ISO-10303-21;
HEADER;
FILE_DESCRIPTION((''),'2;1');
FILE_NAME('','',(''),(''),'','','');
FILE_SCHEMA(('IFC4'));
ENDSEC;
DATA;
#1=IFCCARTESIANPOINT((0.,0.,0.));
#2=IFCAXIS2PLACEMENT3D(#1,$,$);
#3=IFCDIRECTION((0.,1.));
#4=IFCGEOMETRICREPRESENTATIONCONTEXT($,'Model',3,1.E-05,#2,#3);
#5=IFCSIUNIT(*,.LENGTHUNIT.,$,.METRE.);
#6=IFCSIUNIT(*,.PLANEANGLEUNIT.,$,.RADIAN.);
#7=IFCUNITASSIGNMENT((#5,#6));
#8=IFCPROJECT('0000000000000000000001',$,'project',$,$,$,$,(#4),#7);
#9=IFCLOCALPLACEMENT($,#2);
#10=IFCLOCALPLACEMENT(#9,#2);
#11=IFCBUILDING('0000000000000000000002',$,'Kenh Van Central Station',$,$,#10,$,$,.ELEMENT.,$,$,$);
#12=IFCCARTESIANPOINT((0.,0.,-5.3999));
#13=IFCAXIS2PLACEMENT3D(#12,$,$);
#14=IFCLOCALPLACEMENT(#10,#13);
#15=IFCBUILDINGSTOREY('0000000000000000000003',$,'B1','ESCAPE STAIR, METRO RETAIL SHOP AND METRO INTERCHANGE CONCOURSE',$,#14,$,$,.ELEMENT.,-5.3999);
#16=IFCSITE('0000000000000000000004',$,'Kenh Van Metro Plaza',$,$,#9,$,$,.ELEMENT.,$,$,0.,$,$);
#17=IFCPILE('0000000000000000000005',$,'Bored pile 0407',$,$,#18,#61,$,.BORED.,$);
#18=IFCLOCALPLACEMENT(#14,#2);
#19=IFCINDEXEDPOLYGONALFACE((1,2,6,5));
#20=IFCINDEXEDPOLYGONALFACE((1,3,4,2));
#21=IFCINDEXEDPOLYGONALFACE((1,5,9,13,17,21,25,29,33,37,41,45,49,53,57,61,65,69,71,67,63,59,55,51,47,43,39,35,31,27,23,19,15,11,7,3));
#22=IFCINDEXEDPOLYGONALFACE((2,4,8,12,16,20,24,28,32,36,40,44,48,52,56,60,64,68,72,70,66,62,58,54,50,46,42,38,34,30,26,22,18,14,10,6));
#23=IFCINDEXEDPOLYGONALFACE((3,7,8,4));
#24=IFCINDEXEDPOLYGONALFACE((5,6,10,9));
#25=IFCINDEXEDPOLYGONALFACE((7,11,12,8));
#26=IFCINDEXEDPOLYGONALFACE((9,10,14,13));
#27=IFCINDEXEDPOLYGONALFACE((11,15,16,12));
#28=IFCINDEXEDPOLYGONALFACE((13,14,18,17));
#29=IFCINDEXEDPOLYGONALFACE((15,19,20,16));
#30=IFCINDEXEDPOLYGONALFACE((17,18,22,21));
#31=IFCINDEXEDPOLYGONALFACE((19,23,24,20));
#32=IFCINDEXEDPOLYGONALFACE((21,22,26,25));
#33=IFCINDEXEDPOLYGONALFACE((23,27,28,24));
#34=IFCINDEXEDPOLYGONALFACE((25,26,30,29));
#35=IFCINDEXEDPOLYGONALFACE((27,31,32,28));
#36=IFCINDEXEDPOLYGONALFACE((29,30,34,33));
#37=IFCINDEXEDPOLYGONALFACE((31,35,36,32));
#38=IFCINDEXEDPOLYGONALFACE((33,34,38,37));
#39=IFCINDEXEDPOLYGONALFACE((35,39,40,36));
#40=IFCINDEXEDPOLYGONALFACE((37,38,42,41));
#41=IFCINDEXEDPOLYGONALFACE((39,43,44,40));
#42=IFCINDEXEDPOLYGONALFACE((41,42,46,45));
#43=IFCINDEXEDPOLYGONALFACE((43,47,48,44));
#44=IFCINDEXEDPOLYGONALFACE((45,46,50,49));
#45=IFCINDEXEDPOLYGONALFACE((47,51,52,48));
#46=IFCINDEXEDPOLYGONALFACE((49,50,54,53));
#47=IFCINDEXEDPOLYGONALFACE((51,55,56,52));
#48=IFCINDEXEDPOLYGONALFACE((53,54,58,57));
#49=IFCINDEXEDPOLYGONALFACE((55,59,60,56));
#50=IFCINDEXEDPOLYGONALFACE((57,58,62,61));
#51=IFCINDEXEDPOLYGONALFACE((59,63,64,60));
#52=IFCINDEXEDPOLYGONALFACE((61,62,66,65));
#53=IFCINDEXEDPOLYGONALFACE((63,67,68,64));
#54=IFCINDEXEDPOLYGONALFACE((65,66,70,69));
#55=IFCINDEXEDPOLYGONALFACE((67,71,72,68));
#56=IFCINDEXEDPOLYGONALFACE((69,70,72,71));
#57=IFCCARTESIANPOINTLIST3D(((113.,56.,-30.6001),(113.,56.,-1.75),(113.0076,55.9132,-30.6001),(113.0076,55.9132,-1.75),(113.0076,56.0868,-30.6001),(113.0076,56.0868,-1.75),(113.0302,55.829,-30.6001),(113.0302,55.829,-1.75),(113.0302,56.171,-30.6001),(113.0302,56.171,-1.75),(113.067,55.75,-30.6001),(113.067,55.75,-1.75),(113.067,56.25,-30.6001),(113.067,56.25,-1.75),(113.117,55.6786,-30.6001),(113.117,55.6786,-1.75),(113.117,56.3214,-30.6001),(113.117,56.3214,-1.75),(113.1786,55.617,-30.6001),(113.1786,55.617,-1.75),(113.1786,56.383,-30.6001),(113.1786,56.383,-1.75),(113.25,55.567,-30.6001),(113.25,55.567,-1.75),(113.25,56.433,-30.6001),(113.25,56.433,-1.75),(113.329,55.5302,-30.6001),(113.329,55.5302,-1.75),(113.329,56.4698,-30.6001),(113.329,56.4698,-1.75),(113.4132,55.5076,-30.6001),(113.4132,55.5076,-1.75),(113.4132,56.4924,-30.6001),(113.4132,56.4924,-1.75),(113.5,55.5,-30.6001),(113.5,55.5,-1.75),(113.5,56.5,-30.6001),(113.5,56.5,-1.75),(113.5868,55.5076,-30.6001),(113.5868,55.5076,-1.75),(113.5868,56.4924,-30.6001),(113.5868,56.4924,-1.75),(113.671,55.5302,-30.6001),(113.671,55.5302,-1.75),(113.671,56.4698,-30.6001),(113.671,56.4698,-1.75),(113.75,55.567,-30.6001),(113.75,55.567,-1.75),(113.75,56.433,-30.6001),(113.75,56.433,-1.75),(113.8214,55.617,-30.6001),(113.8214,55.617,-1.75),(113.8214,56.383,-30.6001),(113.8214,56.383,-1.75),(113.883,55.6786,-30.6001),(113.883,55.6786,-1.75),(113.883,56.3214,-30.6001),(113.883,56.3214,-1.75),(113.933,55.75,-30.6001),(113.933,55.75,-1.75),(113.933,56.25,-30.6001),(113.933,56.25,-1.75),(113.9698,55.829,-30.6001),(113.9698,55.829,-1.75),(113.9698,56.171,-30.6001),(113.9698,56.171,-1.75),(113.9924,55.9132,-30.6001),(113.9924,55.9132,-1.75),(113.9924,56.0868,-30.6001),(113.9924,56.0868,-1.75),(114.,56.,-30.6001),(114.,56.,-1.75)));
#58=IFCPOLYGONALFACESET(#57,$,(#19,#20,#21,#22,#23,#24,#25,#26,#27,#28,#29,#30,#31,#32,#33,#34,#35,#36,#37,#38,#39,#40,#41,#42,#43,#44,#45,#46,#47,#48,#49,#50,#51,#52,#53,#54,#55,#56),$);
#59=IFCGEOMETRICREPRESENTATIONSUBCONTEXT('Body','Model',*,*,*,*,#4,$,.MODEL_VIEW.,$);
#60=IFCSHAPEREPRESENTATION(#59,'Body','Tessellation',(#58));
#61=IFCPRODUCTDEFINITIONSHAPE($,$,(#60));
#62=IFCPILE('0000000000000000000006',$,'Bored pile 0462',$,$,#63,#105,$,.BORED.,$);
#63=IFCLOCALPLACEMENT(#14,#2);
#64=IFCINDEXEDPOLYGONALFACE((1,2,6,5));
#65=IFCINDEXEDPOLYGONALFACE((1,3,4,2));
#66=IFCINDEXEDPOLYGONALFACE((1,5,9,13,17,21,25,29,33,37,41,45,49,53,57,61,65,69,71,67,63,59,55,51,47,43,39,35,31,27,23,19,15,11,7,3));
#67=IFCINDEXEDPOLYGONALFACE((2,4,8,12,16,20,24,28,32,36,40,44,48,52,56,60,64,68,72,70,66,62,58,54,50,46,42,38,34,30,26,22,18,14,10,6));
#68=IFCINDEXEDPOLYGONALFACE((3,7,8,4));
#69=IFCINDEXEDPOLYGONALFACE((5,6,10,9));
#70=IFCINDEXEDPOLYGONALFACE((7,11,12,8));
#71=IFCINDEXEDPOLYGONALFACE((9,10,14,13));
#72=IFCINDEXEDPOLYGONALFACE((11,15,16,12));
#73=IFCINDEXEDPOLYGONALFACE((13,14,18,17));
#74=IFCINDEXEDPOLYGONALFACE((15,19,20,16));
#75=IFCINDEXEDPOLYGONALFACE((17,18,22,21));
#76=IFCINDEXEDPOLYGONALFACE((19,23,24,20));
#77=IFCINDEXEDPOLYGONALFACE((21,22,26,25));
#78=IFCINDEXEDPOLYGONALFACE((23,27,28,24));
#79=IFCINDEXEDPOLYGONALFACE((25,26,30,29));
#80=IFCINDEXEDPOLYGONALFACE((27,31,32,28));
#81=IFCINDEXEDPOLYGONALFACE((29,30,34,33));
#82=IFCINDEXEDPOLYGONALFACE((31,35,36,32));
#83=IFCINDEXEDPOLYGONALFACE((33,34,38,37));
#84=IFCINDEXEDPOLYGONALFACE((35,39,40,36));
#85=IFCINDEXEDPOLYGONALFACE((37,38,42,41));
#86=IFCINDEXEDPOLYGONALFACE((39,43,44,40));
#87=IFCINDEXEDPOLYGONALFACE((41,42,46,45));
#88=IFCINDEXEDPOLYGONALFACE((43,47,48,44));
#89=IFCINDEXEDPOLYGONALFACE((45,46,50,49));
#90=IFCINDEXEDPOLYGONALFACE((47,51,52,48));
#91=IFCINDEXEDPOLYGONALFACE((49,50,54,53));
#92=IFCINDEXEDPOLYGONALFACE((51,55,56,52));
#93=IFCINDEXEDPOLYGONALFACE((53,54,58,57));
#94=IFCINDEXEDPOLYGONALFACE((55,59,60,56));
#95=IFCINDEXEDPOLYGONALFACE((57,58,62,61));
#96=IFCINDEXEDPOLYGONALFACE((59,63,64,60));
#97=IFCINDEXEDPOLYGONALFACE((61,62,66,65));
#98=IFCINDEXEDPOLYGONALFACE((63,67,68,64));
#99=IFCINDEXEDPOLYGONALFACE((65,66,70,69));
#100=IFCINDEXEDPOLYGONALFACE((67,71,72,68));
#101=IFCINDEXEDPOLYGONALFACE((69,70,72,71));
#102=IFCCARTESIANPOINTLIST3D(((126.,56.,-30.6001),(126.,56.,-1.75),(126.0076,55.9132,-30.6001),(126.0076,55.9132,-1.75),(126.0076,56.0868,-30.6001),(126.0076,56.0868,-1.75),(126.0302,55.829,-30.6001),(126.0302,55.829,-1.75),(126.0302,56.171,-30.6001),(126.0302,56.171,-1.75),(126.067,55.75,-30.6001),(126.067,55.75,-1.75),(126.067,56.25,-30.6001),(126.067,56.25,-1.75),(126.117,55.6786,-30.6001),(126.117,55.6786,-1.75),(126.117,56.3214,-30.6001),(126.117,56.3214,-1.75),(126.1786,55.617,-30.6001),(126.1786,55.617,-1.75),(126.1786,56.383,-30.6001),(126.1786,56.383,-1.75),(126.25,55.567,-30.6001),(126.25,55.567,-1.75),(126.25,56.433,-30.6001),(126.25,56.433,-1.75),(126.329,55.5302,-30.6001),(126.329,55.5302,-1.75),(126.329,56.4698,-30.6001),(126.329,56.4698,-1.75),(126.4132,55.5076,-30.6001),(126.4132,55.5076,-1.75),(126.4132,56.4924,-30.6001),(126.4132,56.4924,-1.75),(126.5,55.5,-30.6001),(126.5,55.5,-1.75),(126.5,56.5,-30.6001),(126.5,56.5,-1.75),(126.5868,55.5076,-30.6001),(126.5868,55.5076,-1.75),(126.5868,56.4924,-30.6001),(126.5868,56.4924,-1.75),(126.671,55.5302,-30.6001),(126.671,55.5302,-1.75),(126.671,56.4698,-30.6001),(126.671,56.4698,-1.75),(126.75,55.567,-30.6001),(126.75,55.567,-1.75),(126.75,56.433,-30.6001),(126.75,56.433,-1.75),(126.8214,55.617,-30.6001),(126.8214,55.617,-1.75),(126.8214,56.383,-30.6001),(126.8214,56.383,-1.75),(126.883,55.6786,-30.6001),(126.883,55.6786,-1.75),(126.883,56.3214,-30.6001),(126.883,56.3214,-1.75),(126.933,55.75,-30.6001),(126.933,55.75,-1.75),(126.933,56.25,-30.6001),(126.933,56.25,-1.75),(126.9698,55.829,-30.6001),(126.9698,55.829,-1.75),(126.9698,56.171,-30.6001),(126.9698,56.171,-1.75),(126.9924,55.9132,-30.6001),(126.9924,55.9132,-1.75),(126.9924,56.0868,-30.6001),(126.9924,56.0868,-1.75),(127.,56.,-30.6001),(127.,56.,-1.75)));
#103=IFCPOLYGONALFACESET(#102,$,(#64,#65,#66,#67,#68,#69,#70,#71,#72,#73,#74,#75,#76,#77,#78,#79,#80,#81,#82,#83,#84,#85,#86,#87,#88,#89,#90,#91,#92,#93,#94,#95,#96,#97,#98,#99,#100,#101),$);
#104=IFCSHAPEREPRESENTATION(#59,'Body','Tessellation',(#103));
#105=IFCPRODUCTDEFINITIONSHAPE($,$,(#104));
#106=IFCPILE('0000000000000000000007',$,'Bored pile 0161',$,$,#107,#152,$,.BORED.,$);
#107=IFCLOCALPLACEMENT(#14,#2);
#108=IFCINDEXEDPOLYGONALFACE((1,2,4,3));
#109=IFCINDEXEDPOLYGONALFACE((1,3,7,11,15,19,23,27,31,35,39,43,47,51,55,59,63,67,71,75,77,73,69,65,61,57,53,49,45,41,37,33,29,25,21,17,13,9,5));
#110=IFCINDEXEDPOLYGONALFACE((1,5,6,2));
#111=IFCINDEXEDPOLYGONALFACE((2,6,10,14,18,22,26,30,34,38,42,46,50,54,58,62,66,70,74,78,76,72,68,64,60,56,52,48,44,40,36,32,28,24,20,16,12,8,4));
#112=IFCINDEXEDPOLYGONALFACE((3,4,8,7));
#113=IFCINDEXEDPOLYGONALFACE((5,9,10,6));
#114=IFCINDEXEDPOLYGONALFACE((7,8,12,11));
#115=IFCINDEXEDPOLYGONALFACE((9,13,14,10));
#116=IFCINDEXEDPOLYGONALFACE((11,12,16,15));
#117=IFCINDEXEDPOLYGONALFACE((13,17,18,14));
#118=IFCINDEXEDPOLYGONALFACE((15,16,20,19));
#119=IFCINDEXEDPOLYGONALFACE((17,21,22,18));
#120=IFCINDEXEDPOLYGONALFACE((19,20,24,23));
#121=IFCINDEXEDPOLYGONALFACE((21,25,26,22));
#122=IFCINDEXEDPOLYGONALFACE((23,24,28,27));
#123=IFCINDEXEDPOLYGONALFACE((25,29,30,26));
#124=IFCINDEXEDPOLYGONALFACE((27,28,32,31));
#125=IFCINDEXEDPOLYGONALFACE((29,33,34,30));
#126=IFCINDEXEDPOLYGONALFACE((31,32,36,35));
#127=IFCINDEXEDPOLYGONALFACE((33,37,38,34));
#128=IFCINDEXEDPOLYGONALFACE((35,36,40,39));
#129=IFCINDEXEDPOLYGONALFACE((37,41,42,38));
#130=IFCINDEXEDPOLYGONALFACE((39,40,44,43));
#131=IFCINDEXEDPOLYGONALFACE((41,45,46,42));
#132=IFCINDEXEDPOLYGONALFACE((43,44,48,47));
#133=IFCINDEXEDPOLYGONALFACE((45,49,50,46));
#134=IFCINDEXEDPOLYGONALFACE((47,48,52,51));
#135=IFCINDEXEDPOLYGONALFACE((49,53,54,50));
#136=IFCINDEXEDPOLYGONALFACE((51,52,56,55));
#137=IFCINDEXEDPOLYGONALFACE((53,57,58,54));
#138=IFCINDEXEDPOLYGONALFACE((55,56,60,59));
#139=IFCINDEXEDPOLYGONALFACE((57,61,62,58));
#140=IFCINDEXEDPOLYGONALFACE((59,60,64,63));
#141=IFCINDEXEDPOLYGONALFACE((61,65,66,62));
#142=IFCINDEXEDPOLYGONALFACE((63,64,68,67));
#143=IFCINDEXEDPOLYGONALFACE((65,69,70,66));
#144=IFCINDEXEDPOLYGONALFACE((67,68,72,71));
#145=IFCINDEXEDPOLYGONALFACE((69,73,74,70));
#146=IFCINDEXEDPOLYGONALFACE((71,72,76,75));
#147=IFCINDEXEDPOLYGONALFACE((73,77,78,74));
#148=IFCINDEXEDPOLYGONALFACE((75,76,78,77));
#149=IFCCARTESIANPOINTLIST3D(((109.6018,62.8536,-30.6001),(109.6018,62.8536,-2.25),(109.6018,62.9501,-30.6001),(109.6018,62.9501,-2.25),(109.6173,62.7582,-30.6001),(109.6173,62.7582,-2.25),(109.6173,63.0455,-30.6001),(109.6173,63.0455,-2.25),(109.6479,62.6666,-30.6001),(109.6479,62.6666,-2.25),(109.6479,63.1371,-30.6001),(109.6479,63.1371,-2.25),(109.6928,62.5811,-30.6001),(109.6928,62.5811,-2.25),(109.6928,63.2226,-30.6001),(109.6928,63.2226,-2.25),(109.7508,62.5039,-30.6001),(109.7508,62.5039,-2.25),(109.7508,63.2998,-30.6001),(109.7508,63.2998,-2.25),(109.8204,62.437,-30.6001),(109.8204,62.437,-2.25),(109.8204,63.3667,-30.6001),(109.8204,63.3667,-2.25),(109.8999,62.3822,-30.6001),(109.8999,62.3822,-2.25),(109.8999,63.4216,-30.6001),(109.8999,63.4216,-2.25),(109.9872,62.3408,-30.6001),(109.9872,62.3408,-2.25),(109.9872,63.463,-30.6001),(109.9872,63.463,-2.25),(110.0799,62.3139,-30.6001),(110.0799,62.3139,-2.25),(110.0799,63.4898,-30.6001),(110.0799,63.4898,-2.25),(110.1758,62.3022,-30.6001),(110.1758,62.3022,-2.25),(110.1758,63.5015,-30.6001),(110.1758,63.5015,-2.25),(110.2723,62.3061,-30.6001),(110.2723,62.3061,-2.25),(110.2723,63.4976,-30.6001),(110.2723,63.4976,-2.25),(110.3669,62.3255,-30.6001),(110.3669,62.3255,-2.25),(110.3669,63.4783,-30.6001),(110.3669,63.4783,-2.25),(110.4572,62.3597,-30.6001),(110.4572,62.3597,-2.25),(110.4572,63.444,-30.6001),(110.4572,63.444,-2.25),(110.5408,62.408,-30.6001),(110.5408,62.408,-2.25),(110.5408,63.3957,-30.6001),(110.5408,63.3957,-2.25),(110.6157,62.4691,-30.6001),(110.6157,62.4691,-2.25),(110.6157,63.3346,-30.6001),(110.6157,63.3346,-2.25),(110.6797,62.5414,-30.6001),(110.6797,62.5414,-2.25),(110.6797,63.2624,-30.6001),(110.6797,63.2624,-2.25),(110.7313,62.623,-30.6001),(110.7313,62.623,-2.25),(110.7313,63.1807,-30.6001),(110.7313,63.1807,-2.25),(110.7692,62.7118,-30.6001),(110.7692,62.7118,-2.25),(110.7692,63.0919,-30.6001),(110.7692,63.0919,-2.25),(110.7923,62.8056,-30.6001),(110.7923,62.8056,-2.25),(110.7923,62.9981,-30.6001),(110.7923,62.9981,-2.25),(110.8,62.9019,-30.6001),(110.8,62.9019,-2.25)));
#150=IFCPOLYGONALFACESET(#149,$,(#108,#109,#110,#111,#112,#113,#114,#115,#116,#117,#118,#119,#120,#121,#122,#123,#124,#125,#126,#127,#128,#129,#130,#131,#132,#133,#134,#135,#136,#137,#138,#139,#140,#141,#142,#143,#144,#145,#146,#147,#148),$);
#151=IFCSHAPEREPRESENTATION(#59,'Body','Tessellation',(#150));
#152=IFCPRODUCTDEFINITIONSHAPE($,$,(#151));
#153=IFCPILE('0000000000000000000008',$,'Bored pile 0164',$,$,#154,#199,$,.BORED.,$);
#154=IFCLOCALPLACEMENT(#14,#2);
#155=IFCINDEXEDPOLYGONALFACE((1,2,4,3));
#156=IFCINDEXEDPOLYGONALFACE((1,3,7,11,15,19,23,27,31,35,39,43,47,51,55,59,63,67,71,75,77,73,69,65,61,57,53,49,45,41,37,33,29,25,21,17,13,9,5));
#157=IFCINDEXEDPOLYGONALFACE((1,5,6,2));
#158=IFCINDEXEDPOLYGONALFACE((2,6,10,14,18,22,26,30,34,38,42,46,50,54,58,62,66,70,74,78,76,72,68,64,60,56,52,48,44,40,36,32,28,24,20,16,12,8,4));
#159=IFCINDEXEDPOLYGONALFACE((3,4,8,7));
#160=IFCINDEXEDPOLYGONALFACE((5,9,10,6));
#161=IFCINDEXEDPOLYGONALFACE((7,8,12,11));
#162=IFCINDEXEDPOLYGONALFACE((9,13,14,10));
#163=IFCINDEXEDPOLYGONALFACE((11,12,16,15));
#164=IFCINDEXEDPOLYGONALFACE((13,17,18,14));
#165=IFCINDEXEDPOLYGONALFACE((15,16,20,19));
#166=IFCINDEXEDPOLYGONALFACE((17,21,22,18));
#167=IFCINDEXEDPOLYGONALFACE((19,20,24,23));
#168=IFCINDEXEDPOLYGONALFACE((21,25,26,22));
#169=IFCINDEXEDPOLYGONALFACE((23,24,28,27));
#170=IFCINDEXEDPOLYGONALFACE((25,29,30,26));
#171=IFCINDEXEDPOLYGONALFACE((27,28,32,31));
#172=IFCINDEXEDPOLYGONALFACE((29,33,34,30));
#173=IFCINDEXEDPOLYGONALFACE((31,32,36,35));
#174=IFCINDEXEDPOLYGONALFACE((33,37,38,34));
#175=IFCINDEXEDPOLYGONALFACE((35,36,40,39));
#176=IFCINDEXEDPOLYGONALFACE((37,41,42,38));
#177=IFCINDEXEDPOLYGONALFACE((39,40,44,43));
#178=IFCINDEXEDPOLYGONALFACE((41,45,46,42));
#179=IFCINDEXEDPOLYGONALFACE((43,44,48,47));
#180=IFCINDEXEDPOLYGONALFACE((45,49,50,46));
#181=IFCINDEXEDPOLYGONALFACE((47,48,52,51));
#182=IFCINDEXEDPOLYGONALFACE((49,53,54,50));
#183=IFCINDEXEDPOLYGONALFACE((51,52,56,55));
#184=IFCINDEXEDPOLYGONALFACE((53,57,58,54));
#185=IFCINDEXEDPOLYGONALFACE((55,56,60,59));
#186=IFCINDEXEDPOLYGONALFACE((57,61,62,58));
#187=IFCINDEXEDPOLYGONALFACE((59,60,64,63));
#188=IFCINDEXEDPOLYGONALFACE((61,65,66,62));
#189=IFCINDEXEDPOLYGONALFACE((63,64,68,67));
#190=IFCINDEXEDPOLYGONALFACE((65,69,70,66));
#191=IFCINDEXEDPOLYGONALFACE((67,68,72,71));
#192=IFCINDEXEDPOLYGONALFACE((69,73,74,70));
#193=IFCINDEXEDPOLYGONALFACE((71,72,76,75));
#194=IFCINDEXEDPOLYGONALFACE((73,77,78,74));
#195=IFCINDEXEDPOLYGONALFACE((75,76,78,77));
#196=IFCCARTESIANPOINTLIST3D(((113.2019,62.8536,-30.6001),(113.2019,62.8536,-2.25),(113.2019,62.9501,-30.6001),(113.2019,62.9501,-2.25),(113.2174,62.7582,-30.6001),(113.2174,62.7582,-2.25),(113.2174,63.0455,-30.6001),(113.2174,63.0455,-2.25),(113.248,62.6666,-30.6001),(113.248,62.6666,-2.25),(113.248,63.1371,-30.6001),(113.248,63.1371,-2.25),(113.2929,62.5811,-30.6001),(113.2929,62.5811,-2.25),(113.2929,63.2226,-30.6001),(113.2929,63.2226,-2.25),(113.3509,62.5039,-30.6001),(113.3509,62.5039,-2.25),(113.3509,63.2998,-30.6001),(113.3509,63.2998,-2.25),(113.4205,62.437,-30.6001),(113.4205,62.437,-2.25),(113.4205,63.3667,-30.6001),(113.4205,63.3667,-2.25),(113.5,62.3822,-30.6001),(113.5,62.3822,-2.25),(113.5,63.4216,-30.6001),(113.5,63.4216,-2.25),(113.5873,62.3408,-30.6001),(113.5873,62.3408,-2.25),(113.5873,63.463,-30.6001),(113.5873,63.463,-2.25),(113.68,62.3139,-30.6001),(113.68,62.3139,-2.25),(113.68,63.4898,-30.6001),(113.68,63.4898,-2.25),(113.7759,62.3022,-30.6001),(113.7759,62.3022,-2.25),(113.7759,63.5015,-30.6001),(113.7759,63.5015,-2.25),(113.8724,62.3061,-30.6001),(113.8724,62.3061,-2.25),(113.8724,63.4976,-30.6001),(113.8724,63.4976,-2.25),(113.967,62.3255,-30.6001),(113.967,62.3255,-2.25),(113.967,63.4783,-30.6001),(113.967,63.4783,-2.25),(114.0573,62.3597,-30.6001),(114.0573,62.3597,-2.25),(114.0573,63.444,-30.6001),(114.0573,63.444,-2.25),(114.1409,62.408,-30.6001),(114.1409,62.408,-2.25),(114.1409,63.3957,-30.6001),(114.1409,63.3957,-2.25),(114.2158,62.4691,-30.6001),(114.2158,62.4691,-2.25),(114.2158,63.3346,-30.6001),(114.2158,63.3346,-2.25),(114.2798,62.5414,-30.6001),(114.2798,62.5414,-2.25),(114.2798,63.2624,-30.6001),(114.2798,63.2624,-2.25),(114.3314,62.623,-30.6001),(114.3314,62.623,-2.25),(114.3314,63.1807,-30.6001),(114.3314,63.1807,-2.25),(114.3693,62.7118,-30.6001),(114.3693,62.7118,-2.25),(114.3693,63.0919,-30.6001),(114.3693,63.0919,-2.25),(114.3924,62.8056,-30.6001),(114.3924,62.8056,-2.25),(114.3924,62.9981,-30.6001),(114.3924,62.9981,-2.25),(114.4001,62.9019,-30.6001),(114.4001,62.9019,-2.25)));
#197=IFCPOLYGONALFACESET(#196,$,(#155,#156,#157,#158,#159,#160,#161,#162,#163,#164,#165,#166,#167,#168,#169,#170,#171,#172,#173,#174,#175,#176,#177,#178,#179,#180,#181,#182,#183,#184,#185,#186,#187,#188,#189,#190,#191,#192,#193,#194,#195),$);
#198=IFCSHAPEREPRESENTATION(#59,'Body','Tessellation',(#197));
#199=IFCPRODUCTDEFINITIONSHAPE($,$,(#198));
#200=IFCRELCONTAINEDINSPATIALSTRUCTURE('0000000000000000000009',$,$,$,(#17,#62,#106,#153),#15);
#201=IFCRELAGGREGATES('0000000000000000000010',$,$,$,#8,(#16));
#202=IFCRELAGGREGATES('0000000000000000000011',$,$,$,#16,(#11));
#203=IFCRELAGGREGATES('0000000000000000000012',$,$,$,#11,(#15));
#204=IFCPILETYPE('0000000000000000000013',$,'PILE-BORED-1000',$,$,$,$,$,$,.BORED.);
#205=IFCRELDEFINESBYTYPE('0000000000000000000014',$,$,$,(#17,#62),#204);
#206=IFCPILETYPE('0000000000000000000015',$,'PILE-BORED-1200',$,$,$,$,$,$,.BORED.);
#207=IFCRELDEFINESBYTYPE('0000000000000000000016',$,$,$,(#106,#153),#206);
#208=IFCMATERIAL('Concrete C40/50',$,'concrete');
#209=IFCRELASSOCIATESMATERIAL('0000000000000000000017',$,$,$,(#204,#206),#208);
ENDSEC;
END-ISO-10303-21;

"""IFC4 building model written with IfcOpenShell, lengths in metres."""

from ifc_helpers import new_model, si_unit, direction, frame, origin, origin_2d, place, context, subcontext, project, spatial, circle, extrude, material, material_profile, profile_set, type_object, element, save


model = new_model("IFC4")

# Units and contexts
model_context = context("Model", 3, precision=1e-05, world=origin(), true_north=direction((0.0, 1.0)))
body_context = subcontext(model_context, "Body", "Model", "MODEL_VIEW")
ifc_project = project(units=[si_unit("LENGTHUNIT", "METRE"), si_unit("PLANEANGLEUNIT", "RADIAN")], contexts=[model_context])

# Site, building, storey
site_placement = place(None, origin())
site = spatial("IfcSite", under=ifc_project, at=site_placement, Name="Kenh Van Metro Plaza", CompositionType="ELEMENT", RefElevation=0.0)
building_placement = place(site_placement, origin())
building = spatial("IfcBuilding", under=site, at=building_placement, Name="Kenh Van Central Station", CompositionType="ELEMENT")
storey_placement = place(building_placement, frame((0.0, 0.0, -5.3999)))
storey = spatial("IfcBuildingStorey", under=building, at=storey_placement, Name="B1", Description="ESCAPE STAIR, METRO RETAIL SHOP AND METRO INTERCHANGE CONCOURSE", CompositionType="ELEMENT", Elevation=-5.3999)

# Shared definitions
ifc_material_1 = material(Name="Concrete C40/50", Category="concrete")

# Piles
ifc_material_profile_1 = material_profile(ifc_material_1, circle(Radius=0.5, at=origin_2d()), Name="PILE D1000")
ifc_profile_set_1 = profile_set([ifc_material_profile_1], Name="Concrete C40/50")
pile_type_1 = type_object("IfcPileType", Name="PILE-BORED-1000", PredefinedType="BORED", material=ifc_profile_set_1)
for number, where, z_axis, x_axis, name in (
    (1, (113.5, 56.0, -1.75), (0.0, 0.0, -1.0), (1.0, 0.0, 0.0), "Bored pile 0407"),
    (2, (126.5, 56.0, -1.75), (0.0, 0.0, -1.0), (1.0, 0.0, 0.0), "Bored pile 0462"),
):
    element("IfcPile", number, at=place(storey_placement, frame(where, z_axis=z_axis, x_axis=x_axis)), inside=storey, type_object=pile_type_1, Name=name, PredefinedType="BORED", context=body_context, shape_type="SweptSolid", body=[
        extrude(circle(Radius=0.5, at=origin_2d()), origin(), (0.0, 0.0, 1.0), 28.8501),
    ])
ifc_material_profile_2 = material_profile(ifc_material_1, circle(Radius=0.6001, at=origin_2d()), Name="PILE D1200")
ifc_profile_set_2 = profile_set([ifc_material_profile_2], Name="Concrete C40/50")
pile_type_2 = type_object("IfcPileType", Name="PILE-BORED-1200", PredefinedType="BORED", material=ifc_profile_set_2)
for number, where, z_axis, x_axis, name in (
    (3, (110.2, 62.9019, -2.25), (0.0, 0.0, -1.0), (1.0, 0.0, 0.0), "Bored pile 0161"),
    (4, (113.8, 62.9019, -2.25), (0.0, 0.0, -1.0), (1.0, 0.0, 0.0), "Bored pile 0164"),
):
    element("IfcPile", number, at=place(storey_placement, frame(where, z_axis=z_axis, x_axis=x_axis)), inside=storey, type_object=pile_type_2, Name=name, PredefinedType="BORED", context=body_context, shape_type="SweptSolid", body=[
        extrude(circle(Radius=0.6001, at=origin_2d()), origin(), (0.0, 0.0, 1.0), 28.3501),
    ])

save(model, "model.ifc")
